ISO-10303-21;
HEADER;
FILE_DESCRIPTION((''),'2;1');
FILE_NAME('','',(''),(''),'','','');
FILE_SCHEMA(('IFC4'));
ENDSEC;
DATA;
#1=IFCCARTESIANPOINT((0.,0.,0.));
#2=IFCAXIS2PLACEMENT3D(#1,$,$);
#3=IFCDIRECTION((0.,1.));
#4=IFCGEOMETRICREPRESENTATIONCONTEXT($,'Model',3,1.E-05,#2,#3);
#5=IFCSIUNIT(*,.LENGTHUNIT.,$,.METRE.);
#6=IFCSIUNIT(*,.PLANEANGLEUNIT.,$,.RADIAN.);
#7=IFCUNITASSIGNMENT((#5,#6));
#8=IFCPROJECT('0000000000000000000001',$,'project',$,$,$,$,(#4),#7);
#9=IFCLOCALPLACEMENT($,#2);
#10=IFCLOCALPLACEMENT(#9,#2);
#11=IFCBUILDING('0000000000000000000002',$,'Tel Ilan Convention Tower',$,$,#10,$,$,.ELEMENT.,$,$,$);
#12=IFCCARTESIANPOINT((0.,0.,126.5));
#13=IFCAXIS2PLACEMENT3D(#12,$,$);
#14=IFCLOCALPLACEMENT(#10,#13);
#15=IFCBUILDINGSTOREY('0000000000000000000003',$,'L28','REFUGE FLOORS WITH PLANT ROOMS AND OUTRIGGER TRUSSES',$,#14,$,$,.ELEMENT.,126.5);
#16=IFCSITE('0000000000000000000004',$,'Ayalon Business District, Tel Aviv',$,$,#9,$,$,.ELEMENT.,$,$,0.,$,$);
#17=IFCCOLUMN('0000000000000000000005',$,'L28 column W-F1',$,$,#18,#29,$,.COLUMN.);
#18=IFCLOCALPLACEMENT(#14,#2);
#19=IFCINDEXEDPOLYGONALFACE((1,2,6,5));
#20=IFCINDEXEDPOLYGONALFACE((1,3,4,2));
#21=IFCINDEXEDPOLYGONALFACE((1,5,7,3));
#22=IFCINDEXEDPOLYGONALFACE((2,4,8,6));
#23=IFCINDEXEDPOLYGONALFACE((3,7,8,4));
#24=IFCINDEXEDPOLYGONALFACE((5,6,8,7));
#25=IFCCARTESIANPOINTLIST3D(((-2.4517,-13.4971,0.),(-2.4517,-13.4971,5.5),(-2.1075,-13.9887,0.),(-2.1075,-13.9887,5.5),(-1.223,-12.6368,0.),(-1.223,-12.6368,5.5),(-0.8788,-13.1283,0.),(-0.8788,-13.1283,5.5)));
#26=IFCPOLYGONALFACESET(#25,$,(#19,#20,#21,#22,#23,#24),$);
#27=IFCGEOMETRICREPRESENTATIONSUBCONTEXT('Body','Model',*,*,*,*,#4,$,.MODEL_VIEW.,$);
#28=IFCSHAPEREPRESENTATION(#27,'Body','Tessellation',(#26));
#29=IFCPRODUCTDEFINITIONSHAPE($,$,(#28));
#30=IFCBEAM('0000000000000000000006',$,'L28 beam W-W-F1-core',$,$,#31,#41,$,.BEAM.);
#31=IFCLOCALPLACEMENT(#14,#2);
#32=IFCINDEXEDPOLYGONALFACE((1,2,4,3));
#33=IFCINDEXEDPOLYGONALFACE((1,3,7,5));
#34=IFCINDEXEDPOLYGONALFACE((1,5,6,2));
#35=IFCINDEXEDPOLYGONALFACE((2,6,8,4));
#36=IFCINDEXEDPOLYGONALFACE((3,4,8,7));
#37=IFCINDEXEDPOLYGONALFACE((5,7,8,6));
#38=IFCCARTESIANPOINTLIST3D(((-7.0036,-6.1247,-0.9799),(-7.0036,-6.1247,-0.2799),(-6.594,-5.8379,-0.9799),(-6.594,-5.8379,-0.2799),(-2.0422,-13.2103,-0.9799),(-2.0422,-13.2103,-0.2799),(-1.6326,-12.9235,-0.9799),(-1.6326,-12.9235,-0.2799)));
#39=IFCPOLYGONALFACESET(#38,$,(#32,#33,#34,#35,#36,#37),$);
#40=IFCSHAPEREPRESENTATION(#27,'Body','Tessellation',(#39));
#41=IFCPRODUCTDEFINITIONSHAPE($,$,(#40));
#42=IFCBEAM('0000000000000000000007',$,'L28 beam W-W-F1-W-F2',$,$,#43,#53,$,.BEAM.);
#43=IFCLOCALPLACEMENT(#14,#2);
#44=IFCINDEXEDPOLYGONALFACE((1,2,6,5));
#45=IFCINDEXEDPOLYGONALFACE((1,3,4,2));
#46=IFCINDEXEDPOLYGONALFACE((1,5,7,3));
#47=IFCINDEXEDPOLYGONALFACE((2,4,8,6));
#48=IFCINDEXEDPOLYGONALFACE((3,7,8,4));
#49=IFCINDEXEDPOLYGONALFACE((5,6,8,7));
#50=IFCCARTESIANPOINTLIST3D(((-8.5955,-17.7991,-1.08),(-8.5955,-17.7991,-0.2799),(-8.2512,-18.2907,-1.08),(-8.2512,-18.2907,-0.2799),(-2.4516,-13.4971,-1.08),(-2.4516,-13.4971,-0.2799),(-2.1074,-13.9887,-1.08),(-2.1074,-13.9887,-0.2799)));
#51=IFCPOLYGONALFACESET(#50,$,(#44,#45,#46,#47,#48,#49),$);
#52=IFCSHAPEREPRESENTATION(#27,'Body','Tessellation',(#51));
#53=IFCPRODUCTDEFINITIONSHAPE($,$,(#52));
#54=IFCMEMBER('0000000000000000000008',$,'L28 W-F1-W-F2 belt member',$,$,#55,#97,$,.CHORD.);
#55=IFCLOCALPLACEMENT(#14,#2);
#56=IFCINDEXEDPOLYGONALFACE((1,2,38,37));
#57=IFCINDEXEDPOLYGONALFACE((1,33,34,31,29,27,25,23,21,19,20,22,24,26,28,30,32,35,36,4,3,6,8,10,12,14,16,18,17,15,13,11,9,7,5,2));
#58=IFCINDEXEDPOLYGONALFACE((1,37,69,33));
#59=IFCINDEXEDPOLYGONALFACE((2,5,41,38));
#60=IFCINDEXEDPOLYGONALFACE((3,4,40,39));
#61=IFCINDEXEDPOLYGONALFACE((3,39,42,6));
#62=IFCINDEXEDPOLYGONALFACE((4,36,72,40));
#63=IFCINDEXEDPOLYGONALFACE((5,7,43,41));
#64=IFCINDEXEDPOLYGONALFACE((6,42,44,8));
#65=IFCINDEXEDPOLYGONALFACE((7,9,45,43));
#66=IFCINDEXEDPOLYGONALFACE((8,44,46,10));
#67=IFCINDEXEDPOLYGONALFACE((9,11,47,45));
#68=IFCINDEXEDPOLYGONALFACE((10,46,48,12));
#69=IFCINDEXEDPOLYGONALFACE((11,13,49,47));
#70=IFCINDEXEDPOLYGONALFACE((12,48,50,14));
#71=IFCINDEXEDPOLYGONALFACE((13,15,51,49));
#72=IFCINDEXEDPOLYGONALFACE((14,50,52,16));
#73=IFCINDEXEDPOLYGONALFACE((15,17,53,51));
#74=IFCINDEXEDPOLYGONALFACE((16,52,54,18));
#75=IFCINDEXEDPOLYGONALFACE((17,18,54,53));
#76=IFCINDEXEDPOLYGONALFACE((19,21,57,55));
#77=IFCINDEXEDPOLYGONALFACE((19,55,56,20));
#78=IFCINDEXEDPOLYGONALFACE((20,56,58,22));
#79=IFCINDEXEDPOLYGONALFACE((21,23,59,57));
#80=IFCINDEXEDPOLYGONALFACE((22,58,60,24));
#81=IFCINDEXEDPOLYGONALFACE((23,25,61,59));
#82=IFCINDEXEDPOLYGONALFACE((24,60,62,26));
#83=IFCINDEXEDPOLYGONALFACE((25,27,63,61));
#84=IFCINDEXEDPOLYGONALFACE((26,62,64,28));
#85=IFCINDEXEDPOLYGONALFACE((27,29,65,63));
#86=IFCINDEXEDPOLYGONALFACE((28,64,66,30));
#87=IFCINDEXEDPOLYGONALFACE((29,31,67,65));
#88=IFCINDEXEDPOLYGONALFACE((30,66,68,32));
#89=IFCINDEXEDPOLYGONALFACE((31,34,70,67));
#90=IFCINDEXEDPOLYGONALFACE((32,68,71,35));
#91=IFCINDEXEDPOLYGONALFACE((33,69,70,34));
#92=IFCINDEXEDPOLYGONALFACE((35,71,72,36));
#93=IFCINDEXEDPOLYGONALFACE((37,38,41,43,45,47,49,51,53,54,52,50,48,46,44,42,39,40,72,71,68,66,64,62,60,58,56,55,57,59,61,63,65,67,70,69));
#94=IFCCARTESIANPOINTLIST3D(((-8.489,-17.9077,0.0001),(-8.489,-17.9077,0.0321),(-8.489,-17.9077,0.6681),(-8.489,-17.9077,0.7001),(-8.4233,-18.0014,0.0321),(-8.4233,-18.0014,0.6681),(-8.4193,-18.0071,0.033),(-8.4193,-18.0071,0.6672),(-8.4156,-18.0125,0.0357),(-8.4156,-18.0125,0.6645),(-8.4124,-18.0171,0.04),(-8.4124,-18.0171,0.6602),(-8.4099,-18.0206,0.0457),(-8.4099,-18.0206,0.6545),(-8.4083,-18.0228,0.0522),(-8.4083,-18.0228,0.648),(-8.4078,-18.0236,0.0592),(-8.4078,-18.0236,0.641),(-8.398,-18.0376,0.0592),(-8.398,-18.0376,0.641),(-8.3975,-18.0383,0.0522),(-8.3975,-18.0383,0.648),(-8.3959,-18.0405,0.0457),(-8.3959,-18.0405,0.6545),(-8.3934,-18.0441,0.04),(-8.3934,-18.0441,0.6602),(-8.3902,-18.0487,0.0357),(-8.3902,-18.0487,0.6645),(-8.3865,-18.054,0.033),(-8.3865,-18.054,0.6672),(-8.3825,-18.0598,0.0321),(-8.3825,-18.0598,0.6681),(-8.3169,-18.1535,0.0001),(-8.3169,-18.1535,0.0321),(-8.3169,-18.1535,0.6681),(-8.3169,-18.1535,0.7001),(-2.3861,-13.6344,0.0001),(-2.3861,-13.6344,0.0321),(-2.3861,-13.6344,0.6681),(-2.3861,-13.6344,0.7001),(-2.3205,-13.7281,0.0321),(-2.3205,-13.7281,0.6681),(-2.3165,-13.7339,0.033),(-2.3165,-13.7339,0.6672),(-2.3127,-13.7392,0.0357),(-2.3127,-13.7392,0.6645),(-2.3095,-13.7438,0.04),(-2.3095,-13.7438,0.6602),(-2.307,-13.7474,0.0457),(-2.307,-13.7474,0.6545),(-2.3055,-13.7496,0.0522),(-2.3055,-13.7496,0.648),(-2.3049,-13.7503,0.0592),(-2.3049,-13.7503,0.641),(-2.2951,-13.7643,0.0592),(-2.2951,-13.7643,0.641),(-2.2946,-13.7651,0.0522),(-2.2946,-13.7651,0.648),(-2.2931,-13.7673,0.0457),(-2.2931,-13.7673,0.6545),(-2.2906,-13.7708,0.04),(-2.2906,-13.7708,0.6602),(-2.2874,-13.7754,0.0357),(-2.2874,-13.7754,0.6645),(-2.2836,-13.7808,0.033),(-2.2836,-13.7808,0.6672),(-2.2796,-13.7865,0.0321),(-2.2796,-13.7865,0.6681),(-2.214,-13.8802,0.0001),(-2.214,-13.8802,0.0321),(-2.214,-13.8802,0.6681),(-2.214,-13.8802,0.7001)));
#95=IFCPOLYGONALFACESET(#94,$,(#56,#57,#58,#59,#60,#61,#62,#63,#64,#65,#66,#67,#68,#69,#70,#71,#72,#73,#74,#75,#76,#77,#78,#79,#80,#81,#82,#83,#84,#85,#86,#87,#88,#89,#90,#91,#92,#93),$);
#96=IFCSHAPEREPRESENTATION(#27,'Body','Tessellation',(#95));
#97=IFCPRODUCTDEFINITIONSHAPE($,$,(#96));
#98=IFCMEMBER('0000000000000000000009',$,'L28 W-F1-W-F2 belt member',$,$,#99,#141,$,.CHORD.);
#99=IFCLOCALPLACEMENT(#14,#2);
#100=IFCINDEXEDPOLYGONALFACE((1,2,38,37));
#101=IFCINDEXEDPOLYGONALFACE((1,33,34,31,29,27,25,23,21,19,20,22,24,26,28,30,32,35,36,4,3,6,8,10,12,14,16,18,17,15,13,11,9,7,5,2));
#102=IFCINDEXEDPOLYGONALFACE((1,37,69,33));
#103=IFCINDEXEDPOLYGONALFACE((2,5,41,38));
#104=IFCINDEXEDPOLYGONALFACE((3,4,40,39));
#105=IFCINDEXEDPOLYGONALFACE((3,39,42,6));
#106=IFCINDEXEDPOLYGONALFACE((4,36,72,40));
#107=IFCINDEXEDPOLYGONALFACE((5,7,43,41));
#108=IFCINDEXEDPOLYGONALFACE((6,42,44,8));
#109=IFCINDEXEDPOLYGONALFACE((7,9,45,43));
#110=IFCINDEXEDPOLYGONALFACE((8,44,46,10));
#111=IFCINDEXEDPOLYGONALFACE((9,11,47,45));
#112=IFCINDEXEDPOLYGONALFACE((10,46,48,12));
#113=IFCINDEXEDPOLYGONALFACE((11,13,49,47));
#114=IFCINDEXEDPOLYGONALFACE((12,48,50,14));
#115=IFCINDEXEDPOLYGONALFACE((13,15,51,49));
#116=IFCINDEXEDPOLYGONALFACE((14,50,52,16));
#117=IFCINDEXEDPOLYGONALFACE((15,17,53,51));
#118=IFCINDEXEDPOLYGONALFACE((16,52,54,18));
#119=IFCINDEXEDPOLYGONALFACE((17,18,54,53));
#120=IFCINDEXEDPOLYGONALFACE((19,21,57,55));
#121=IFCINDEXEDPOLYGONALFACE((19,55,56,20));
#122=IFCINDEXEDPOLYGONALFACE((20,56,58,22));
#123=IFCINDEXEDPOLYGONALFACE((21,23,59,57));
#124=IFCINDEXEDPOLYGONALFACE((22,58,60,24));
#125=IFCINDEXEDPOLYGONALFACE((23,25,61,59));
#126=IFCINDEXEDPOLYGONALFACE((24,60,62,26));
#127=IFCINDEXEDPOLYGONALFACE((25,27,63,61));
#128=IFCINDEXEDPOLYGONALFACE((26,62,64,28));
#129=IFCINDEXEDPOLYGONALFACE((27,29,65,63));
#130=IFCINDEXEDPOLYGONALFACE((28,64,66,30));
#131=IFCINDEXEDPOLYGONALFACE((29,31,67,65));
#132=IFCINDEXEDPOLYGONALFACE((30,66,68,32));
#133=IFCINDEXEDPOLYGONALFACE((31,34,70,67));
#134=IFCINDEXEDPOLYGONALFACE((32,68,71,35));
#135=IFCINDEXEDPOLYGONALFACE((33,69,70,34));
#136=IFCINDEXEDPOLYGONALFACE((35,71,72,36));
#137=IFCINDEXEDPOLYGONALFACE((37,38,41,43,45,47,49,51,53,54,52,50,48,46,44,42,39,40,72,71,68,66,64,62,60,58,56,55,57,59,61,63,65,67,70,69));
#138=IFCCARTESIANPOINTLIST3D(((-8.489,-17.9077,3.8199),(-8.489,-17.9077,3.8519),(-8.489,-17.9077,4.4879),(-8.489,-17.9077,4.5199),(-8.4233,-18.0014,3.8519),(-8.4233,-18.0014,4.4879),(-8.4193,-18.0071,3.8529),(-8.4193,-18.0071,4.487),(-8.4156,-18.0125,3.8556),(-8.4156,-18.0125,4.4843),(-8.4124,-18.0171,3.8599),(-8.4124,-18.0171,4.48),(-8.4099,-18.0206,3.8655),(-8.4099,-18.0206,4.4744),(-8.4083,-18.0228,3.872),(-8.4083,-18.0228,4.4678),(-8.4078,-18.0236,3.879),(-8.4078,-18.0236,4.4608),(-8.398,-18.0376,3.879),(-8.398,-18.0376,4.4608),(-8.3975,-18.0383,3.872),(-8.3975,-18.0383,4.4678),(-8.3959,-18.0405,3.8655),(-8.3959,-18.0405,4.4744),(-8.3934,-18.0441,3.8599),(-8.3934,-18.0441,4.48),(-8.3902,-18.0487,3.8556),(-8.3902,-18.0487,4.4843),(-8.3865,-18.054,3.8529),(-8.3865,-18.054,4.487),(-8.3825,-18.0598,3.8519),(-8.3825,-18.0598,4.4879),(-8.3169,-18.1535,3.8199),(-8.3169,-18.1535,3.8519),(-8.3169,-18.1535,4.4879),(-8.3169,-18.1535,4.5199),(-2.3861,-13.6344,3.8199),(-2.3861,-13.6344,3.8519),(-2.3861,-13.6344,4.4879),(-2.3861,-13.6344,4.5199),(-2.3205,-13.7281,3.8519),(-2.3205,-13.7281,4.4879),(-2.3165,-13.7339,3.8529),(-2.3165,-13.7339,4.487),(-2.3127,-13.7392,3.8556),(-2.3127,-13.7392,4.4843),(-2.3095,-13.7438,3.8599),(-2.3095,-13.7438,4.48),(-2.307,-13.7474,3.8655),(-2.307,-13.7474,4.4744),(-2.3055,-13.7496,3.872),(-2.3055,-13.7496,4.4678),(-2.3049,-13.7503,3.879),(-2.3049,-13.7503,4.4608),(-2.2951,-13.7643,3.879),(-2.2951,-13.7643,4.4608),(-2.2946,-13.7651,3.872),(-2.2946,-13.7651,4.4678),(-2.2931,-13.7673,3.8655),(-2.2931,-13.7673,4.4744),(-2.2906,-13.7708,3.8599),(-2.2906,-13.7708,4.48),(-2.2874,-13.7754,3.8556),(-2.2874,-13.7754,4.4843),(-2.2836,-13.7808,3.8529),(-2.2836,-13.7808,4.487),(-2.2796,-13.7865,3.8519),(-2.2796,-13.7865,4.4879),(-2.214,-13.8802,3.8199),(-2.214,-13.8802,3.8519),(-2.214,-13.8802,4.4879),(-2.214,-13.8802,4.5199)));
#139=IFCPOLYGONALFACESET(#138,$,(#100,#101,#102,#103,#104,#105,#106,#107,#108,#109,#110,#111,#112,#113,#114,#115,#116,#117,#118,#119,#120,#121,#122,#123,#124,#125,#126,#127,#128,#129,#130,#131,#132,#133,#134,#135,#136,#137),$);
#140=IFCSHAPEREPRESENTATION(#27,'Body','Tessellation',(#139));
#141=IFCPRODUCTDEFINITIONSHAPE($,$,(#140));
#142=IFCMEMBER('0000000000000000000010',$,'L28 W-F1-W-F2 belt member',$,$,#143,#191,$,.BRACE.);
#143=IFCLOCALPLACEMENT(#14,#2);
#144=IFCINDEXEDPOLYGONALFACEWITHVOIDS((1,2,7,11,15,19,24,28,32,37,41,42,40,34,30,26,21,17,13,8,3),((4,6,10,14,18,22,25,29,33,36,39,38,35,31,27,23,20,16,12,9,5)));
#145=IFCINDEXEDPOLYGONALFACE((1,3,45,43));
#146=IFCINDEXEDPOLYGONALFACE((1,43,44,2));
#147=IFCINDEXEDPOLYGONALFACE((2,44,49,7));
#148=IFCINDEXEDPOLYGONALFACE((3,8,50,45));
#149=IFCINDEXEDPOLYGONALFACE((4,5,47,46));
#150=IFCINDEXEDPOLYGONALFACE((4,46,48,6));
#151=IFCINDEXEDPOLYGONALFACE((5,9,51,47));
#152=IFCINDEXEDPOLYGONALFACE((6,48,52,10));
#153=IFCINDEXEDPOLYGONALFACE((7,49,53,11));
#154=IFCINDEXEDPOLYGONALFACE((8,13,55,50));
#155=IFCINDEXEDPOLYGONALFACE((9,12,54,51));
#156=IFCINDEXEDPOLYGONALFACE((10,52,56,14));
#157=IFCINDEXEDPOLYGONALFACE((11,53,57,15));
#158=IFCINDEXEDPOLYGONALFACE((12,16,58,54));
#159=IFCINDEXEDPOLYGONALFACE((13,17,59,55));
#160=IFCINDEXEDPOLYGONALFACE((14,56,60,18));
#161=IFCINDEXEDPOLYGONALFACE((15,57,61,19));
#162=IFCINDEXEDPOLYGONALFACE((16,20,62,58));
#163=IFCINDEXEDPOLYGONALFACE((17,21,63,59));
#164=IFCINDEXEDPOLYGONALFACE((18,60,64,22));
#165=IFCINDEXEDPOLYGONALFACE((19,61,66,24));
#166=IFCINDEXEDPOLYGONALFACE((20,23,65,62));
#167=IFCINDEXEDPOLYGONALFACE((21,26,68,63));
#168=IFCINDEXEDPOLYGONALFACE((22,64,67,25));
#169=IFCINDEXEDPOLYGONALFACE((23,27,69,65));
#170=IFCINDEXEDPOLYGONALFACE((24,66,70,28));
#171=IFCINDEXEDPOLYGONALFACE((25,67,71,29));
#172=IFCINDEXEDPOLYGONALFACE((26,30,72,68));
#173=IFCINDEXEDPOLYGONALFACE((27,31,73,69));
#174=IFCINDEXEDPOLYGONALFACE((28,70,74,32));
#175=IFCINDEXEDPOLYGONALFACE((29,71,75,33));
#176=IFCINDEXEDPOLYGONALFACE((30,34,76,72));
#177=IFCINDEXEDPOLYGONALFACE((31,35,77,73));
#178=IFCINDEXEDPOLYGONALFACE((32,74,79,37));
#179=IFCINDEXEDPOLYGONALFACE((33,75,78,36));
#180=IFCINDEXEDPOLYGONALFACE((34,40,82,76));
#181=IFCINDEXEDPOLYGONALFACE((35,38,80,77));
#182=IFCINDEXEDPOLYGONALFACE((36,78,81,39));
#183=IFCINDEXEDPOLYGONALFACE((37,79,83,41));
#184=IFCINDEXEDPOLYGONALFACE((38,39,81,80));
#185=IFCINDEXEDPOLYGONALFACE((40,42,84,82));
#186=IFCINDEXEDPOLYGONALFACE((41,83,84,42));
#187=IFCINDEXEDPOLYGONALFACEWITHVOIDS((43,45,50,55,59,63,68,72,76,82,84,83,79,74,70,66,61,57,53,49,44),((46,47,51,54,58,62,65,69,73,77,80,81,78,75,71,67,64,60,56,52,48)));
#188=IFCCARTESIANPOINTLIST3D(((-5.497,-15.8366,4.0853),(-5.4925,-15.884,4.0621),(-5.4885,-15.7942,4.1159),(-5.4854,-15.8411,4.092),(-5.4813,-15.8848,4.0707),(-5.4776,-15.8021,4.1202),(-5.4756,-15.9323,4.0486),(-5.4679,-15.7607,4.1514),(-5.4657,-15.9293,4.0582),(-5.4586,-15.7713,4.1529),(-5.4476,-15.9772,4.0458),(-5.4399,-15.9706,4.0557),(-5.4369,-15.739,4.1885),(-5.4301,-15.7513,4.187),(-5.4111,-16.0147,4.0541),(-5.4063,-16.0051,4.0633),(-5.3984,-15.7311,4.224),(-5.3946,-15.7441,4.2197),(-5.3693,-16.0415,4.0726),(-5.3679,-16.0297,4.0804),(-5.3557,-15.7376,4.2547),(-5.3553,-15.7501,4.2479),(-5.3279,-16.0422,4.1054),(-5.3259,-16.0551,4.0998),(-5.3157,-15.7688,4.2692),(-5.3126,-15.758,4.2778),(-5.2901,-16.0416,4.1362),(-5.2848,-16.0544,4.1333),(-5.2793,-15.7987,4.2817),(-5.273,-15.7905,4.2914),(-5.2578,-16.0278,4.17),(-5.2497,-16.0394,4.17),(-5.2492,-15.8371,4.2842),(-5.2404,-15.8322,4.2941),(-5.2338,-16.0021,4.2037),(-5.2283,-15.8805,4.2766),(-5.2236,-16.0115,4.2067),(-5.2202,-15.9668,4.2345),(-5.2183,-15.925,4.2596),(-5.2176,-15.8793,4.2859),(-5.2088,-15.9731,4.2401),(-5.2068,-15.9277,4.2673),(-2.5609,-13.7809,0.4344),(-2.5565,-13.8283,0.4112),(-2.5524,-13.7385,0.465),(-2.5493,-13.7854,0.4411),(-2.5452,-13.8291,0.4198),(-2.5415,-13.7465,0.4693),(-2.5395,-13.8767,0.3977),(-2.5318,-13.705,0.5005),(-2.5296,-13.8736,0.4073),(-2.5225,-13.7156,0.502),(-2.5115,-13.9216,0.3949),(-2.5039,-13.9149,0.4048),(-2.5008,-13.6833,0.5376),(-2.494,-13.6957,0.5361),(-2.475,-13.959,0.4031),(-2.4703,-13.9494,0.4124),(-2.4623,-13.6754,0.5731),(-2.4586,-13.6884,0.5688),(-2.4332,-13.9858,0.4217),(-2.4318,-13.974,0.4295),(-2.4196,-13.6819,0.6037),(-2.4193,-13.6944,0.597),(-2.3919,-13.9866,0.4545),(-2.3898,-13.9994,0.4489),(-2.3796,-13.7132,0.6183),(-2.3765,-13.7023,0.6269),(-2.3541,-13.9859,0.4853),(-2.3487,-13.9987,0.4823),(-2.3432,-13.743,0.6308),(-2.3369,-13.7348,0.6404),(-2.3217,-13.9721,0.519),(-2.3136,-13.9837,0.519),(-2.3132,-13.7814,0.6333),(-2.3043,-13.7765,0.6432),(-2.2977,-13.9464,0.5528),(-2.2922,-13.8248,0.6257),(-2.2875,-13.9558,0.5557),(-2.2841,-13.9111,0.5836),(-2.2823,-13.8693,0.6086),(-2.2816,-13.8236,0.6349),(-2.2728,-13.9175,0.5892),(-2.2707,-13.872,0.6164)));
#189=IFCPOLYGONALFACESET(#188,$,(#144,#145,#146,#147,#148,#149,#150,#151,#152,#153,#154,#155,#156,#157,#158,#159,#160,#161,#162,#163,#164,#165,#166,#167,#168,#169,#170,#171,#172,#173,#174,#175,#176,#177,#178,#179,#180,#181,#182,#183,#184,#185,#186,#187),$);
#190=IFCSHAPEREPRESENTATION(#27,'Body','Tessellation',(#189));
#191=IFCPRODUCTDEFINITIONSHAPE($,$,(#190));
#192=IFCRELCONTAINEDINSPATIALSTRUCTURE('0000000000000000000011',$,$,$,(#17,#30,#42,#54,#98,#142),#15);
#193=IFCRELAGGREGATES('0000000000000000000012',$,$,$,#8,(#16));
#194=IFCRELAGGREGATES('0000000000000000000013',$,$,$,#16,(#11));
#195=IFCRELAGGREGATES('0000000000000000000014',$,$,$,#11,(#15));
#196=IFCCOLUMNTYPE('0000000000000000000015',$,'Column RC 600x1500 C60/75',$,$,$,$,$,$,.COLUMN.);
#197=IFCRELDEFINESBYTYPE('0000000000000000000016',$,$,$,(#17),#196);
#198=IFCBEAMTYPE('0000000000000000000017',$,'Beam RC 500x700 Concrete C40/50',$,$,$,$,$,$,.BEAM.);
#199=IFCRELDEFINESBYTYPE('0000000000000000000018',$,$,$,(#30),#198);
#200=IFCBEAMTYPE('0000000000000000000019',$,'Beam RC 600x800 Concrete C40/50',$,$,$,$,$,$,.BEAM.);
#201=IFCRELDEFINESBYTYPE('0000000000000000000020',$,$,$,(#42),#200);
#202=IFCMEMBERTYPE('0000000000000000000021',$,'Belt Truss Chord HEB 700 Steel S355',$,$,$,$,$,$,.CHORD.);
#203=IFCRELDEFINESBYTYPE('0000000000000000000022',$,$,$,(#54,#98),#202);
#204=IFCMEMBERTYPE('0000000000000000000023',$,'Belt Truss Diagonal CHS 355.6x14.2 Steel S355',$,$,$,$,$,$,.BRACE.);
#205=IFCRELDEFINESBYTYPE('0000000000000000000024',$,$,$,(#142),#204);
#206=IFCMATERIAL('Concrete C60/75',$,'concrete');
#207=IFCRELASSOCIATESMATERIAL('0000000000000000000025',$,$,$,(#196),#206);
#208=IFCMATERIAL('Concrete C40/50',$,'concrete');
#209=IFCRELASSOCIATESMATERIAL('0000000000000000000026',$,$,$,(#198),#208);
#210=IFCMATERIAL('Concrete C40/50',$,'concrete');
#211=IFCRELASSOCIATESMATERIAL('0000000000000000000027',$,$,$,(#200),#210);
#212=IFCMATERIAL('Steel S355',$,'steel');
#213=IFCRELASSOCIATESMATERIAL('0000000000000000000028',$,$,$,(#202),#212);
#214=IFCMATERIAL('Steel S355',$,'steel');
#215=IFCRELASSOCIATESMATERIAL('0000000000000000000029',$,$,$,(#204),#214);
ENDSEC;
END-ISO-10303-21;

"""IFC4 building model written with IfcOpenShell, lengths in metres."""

from ifc_helpers import new_model, si_unit, direction, frame, origin, origin_2d, place, context, subcontext, project, spatial, rectangle, hollow_circle, i_section, extrude, material, material_profile, profile_set, type_object, element, save


model = new_model("IFC4")

# Units and contexts
model_context = context("Model", 3, precision=1e-05, world=origin(), true_north=direction((0.0, 1.0)))
body_context = subcontext(model_context, "Body", "Model", "MODEL_VIEW")
ifc_project = project(units=[si_unit("LENGTHUNIT", "METRE"), si_unit("PLANEANGLEUNIT", "RADIAN")], contexts=[model_context])

# Site, building, storey
site_placement = place(None, origin())
site = spatial("IfcSite", under=ifc_project, at=site_placement, Name="Ayalon Business District, Tel Aviv", CompositionType="ELEMENT", RefElevation=0.0)
building_placement = place(site_placement, origin())
building = spatial("IfcBuilding", under=site, at=building_placement, Name="Tel Ilan Convention Tower", CompositionType="ELEMENT")
storey_placement = place(building_placement, frame((0.0, 0.0, 126.5)))
storey = spatial("IfcBuildingStorey", under=building, at=storey_placement, Name="L28", Description="REFUGE FLOORS WITH PLANT ROOMS AND OUTRIGGER TRUSSES", CompositionType="ELEMENT", Elevation=126.5)

# Column
ifc_material_1 = material(Name="Concrete C60/75", Category="concrete")
ifc_material_profile_1 = material_profile(ifc_material_1, rectangle(XDim=1.5, YDim=0.6001, at=origin_2d()), Name="RC 600x1500")
ifc_profile_set_1 = profile_set([ifc_material_profile_1], Name="Concrete C60/75")
column_type = type_object("IfcColumnType", Name="Column RC 600x1500 C60/75", PredefinedType="COLUMN", material=ifc_profile_set_1)
column_placement = place(storey_placement, frame((-1.6653, -13.3127, 0.0), z_axis=(0.0, 0.0, 1.0), x_axis=(-0.819152, -0.573576, 0.0)))
element("IfcColumn", 1, at=column_placement, inside=storey, type_object=column_type, Name="L28 column W-F1", PredefinedType="COLUMN", context=body_context, shape_type="SweptSolid", body=[
    extrude(rectangle(XDim=1.5, YDim=0.6001, at=origin_2d()), origin(), (0.0, 0.0, 1.0), 5.5),
])

# Beams
ifc_material_2 = material(Name="Concrete C40/50", Category="concrete")
ifc_material_profile_2 = material_profile(ifc_material_2, rectangle(XDim=0.5, YDim=0.7, at=origin_2d()), Name="RC 500x700")
ifc_profile_set_2 = profile_set([ifc_material_profile_2], Name="Concrete C40/50")
beam_type_1 = type_object("IfcBeamType", Name="Beam RC 500x700 Concrete C40/50", PredefinedType="BEAM", material=ifc_profile_set_2)
beam_1_placement = place(storey_placement, frame((-1.8374, -13.0669, -0.6299), z_axis=(-0.573574, 0.819154, 0.0), x_axis=(-0.819154, -0.573574, 0.0)))
element("IfcBeam", 2, at=beam_1_placement, inside=storey, type_object=beam_type_1, Name="L28 beam W-W-F1-core", PredefinedType="BEAM", context=body_context, shape_type="SweptSolid", body=[
    extrude(rectangle(XDim=0.5, YDim=0.7, at=origin_2d()), origin(), (0.0, 0.0, 1.0), 8.6499),
])
ifc_material_3 = material(Name="Concrete C40/50", Category="concrete")
ifc_material_profile_3 = material_profile(ifc_material_3, rectangle(XDim=0.6001, YDim=0.8, at=origin_2d()), Name="RC 600x800")
ifc_profile_set_3 = profile_set([ifc_material_profile_3], Name="Concrete C40/50")
beam_type_2 = type_object("IfcBeamType", Name="Beam RC 600x800 Concrete C40/50", PredefinedType="BEAM", material=ifc_profile_set_3)
beam_2_placement = place(storey_placement, frame((-2.2795, -13.7429, -0.6799), z_axis=(-0.819148, -0.573582, 0.0), x_axis=(0.573582, -0.819148, 0.0)))
element("IfcBeam", 3, at=beam_2_placement, inside=storey, type_object=beam_type_2, Name="L28 beam W-W-F1-W-F2", PredefinedType="BEAM", context=body_context, shape_type="SweptSolid", body=[
    extrude(rectangle(XDim=0.6001, YDim=0.8, at=origin_2d()), origin(), (0.0, 0.0, 1.0), 7.5002),
])

# Members
ifc_material_4 = material(Name="Steel S355", Category="steel")
ifc_material_profile_4 = material_profile(ifc_material_4, i_section(OverallWidth=0.3, OverallDepth=0.7, WebThickness=0.0171, FlangeThickness=0.032, FilletRadius=0.0271, at=origin_2d()), Name="HEB 700")
ifc_profile_set_4 = profile_set([ifc_material_profile_4], Name="Steel S355")
member_type_1 = type_object("IfcMemberType", Name="Belt Truss Chord HEB 700 Steel S355", PredefinedType="CHORD", material=ifc_profile_set_4)
for number, where, z_axis, x_axis, name in (
    (4, (-2.3, -13.7573, 0.3501), (-0.819153, -0.573575, 0.0), (0.573575, -0.819153, 0.0), "L28 W-F1-W-F2 belt member"),
    (5, (-2.3, -13.7573, 4.1699), (-0.819153, -0.573575, 0.0), (0.573575, -0.819153, 0.0), "L28 W-F1-W-F2 belt member"),
):
    element("IfcMember", number, at=place(storey_placement, frame(where, z_axis=z_axis, x_axis=x_axis)), inside=storey, type_object=member_type_1, Name=name, PredefinedType="CHORD", context=body_context, shape_type="SweptSolid", body=[
        extrude(i_section(OverallWidth=0.3, OverallDepth=0.7, WebThickness=0.0171, FlangeThickness=0.032, FilletRadius=0.0271, at=origin_2d()), origin(), (0.0, 0.0, 1.0), 7.4502),
    ])
ifc_material_5 = material(Name="Steel S355", Category="steel")
ifc_material_profile_5 = material_profile(ifc_material_5, hollow_circle(Radius=0.1777, WallThickness=0.0142, at=origin_2d()), Name="CHS 355.6x14.2")
ifc_profile_set_5 = profile_set([ifc_material_profile_5], Name="Steel S355")
member_type_2 = type_object("IfcMemberType", Name="Belt Truss Diagonal CHS 355.6x14.2 Steel S355", PredefinedType="BRACE", material=ifc_profile_set_5)
member_placement = place(storey_placement, frame((-2.4155, -13.8381, 0.519), z_axis=(-0.573876, -0.401799, 0.713599), x_axis=(0.573545, -0.819174, 0.0)))
element("IfcMember", 6, at=member_placement, inside=storey, type_object=member_type_2, Name="L28 W-F1-W-F2 belt member", PredefinedType="BRACE", context=body_context, shape_type="SweptSolid", body=[
    extrude(hollow_circle(Radius=0.1777, WallThickness=0.0142, at=origin_2d()), origin(), (0.0, 0.0, 1.0), 5.1162),
])

save(model, "model.ifc")
